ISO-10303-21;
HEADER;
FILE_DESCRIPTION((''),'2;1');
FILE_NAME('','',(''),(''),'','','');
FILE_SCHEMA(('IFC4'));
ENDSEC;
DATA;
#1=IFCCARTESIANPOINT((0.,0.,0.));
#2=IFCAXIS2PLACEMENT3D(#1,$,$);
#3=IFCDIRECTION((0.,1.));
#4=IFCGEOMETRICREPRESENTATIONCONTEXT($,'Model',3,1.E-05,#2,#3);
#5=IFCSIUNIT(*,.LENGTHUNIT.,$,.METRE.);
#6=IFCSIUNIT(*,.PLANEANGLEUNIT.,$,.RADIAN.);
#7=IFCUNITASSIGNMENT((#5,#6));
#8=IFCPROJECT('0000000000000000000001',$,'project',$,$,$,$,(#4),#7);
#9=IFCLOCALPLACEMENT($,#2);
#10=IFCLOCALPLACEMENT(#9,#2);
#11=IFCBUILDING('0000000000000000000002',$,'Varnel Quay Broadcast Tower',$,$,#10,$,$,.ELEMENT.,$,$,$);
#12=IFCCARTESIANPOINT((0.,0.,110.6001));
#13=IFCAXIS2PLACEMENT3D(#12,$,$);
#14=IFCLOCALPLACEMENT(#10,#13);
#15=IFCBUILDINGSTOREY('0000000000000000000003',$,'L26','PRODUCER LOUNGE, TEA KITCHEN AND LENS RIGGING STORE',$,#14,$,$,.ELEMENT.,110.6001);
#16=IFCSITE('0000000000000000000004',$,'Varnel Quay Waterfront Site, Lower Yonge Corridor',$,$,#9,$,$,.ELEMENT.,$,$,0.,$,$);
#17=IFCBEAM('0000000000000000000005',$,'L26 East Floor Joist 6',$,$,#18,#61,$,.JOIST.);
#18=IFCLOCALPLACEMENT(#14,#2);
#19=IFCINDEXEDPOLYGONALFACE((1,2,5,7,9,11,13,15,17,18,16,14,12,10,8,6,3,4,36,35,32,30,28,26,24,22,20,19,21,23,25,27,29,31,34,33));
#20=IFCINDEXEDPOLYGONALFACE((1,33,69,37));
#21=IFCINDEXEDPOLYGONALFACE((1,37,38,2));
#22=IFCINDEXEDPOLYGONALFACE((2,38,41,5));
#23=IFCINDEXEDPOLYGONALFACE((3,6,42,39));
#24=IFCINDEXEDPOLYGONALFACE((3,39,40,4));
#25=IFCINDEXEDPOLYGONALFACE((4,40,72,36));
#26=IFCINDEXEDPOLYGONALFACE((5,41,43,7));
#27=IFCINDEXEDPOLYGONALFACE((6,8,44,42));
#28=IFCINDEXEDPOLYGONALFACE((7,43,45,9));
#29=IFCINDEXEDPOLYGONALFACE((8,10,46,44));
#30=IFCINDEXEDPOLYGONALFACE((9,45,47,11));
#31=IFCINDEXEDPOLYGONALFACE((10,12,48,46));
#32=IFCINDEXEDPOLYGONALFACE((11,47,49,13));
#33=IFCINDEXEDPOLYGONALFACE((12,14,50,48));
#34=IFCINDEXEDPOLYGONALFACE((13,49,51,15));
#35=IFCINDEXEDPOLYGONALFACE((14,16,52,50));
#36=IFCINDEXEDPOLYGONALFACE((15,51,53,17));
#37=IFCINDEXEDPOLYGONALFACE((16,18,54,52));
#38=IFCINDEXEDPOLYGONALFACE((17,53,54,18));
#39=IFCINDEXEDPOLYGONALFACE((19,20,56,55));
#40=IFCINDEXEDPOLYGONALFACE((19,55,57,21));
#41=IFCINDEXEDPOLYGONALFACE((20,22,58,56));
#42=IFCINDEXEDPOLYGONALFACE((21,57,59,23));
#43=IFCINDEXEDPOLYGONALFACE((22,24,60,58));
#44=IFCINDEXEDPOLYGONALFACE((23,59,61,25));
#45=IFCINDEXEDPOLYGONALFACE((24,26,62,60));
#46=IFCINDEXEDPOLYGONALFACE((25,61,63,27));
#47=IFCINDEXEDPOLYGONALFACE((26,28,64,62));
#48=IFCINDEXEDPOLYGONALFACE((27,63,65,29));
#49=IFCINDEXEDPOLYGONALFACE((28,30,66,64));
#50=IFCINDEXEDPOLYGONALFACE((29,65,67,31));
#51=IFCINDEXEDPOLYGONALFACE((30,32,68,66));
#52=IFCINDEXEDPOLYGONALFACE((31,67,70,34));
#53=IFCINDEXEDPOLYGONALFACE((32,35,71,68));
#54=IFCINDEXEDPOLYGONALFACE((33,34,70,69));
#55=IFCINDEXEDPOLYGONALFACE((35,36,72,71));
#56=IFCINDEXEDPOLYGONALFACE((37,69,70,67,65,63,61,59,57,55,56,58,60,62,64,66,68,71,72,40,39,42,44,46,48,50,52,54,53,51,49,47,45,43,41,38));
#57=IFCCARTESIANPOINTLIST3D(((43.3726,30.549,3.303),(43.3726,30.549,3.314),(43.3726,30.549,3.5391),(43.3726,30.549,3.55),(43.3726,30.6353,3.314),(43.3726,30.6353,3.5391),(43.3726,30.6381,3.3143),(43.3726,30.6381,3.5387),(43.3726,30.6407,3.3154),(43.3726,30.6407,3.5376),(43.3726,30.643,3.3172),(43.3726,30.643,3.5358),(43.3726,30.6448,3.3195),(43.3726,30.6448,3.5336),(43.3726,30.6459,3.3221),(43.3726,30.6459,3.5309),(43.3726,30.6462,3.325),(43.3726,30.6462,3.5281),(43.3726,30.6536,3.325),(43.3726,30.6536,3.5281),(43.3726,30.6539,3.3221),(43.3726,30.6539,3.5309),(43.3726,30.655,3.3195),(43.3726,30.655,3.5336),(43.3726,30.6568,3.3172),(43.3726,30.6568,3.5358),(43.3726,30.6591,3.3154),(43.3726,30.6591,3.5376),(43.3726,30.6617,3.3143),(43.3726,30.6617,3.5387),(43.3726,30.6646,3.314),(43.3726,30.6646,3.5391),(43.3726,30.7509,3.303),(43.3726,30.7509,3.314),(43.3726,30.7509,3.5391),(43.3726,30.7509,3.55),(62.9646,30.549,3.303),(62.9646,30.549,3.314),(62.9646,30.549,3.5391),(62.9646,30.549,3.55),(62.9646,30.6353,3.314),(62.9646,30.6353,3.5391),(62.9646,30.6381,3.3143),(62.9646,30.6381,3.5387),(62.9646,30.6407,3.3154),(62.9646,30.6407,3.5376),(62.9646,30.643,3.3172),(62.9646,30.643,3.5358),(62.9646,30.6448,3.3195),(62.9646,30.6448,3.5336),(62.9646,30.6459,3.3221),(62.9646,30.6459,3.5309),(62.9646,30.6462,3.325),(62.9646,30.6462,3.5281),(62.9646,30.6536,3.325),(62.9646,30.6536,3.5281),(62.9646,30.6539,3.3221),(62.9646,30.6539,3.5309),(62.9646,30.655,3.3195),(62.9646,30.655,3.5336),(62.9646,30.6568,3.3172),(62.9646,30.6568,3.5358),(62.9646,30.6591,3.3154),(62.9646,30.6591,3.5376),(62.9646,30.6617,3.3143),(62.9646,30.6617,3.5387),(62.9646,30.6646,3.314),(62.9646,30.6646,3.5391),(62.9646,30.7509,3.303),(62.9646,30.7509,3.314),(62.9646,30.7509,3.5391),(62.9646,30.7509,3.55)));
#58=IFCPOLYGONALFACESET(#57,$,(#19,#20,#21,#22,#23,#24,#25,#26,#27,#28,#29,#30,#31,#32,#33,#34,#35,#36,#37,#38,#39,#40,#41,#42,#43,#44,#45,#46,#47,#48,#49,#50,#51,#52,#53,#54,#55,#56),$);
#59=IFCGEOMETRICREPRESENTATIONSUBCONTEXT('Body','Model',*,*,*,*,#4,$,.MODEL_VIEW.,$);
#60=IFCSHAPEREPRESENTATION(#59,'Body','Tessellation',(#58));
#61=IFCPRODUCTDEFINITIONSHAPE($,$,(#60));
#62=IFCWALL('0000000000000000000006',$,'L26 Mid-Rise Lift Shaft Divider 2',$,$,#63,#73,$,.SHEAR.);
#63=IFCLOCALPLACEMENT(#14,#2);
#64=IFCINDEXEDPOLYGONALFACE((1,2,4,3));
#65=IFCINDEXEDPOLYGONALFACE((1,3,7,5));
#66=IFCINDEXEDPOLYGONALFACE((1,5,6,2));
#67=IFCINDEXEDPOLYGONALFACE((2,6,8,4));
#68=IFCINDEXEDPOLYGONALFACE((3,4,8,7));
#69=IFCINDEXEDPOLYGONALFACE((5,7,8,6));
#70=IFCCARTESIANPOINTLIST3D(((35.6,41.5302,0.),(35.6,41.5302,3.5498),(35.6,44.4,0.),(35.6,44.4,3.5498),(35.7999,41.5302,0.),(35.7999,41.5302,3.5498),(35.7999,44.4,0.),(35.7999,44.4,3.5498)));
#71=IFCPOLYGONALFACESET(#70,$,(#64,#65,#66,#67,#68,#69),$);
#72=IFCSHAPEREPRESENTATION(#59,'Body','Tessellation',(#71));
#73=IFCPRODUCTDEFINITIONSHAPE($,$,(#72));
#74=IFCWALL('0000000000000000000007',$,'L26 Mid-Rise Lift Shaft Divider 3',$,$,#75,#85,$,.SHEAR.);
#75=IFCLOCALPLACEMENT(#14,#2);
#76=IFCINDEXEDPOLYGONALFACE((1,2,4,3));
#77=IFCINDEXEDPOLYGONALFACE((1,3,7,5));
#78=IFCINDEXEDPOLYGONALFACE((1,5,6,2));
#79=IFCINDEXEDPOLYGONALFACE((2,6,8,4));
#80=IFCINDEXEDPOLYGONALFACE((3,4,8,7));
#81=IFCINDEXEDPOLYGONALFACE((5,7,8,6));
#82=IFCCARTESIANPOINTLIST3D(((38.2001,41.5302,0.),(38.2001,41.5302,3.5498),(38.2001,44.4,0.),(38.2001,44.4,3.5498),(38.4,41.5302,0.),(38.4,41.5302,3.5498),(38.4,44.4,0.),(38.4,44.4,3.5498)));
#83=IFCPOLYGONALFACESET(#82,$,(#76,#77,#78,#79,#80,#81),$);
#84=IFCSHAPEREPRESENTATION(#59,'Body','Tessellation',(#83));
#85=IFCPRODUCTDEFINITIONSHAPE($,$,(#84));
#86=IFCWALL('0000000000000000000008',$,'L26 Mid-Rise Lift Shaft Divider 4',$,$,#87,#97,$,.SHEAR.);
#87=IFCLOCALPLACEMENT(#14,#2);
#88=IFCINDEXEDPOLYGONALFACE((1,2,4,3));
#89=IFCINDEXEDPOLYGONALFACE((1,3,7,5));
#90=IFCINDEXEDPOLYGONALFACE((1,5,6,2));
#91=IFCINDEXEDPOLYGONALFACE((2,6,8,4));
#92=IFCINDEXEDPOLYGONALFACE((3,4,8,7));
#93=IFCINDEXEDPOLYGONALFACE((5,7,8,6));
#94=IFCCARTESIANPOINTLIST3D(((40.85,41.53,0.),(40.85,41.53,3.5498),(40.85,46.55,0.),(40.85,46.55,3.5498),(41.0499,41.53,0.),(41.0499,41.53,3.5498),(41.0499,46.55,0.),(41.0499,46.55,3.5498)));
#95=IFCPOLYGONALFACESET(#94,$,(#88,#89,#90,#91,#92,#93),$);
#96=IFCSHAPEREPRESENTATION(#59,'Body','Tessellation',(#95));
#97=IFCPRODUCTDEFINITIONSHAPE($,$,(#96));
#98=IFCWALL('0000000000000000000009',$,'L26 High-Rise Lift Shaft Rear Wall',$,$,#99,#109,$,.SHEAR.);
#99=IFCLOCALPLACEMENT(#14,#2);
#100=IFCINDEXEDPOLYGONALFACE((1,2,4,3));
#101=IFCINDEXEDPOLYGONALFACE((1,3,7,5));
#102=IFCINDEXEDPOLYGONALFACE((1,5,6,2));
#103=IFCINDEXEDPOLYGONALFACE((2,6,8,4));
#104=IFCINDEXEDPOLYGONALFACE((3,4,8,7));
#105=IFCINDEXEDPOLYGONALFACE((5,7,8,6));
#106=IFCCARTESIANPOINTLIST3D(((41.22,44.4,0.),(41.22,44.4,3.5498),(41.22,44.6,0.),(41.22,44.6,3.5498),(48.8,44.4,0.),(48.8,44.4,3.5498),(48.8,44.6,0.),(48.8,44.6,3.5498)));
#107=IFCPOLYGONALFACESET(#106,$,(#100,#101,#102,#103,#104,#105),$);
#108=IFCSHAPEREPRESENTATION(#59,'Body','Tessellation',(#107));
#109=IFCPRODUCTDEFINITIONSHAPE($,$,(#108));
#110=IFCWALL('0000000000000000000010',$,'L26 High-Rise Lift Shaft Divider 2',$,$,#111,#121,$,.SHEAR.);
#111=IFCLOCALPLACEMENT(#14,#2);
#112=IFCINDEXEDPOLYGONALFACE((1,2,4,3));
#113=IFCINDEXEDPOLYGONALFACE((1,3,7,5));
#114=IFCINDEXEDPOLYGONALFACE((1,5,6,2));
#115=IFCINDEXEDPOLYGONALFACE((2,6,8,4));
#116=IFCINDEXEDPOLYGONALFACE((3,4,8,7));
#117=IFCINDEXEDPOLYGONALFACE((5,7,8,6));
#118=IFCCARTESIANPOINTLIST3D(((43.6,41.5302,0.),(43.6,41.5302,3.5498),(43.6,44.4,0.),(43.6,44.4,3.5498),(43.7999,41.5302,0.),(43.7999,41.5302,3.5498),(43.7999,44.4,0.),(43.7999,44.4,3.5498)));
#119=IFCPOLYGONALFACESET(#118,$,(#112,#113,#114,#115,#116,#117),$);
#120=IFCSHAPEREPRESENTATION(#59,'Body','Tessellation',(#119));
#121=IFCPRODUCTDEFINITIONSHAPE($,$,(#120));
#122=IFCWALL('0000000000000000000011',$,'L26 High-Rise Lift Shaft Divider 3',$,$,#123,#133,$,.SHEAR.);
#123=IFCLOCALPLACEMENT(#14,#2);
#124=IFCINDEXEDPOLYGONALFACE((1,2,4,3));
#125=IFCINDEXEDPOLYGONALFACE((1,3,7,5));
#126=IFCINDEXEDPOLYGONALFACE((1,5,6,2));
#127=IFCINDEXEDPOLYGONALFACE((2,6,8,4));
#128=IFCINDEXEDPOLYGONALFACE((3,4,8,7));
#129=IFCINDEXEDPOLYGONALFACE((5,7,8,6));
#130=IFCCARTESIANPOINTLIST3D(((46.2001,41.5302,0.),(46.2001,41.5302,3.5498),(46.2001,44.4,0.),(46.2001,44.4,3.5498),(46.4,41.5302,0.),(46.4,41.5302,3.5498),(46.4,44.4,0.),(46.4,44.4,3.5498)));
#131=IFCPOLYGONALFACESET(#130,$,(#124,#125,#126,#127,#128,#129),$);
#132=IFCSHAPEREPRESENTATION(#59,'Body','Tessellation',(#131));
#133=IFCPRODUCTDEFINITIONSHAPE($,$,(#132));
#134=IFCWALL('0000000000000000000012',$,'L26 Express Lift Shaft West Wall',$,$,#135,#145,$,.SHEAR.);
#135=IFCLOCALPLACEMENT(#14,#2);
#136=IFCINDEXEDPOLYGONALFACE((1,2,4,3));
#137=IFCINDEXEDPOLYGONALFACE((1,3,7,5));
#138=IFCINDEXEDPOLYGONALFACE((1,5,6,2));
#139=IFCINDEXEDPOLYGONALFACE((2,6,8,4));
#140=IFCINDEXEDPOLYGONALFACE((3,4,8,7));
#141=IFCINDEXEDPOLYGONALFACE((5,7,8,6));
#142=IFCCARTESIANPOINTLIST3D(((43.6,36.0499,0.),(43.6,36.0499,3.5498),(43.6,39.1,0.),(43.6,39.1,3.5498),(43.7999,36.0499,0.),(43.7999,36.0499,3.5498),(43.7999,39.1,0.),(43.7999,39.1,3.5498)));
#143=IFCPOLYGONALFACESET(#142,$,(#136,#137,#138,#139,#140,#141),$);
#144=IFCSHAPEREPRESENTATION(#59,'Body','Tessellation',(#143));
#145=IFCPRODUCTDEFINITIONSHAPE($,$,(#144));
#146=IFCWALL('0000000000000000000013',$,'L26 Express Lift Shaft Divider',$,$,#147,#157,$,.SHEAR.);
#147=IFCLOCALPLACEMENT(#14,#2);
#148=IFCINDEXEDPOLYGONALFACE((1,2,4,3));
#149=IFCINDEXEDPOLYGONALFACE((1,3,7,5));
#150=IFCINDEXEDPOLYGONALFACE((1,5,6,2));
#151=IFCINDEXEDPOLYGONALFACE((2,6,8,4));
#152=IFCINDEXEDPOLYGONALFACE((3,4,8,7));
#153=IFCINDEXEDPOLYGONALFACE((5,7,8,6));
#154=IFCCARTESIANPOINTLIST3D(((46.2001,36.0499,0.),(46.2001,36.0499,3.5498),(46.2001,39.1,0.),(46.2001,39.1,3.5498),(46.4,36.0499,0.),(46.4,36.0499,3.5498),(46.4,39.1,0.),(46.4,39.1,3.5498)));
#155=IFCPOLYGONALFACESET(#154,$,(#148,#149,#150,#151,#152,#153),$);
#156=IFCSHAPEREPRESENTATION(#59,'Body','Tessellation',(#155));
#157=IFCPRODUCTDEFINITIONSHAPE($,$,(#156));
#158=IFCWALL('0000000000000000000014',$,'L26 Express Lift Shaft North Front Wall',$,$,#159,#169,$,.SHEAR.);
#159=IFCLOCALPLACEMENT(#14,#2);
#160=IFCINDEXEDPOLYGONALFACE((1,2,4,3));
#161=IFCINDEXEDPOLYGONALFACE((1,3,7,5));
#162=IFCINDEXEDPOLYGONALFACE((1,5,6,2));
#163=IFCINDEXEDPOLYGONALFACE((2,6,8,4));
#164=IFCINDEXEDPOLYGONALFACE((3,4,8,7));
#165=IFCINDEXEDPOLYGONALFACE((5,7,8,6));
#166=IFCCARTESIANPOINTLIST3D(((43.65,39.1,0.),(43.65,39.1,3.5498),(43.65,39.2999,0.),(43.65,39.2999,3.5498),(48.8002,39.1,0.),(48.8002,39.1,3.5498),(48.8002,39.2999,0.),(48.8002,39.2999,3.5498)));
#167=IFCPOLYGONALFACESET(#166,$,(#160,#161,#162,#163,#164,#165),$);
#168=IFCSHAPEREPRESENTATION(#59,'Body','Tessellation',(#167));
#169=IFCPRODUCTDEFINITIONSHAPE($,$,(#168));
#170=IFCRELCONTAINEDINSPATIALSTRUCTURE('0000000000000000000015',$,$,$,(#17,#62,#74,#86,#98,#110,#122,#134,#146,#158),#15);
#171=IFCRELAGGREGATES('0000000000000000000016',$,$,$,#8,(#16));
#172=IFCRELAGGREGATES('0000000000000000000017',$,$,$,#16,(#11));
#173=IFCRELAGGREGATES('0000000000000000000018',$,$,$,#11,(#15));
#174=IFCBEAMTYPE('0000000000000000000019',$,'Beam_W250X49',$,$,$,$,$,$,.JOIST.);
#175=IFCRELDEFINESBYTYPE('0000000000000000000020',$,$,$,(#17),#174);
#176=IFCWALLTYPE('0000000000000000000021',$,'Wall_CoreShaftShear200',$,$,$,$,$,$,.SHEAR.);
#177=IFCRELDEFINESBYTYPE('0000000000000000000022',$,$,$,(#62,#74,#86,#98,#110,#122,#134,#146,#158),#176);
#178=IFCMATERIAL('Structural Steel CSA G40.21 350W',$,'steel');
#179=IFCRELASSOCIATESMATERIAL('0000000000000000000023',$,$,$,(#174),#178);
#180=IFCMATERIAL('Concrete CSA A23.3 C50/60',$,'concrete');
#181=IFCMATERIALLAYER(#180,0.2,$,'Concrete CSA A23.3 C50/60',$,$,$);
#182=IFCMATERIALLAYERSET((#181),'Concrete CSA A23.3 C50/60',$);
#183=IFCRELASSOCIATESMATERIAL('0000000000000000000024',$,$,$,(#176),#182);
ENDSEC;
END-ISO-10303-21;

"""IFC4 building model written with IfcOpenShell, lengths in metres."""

from ifc_helpers import new_model, si_unit, direction, frame, frame_2d, origin, origin_2d, place, context, subcontext, project, spatial, rectangle, i_section, extrude, source, transform, mapped, material, layer, layer_set, material_profile, profile_set, type_object, type_shapes, element, save


model = new_model("IFC4")

# Units and contexts
model_context = context("Model", 3, precision=1e-05, world=origin(), true_north=direction((0.0, 1.0)))
body_context = subcontext(model_context, "Body", "Model", "MODEL_VIEW")
ifc_project = project(units=[si_unit("LENGTHUNIT", "METRE"), si_unit("PLANEANGLEUNIT", "RADIAN")], contexts=[model_context])

# Site, building, storey
site_placement = place(None, origin())
site = spatial("IfcSite", under=ifc_project, at=site_placement, Name="Varnel Quay Waterfront Site, Lower Yonge Corridor", CompositionType="ELEMENT", RefElevation=0.0)
building_placement = place(site_placement, origin())
building = spatial("IfcBuilding", under=site, at=building_placement, Name="Varnel Quay Broadcast Tower", CompositionType="ELEMENT")
storey_placement = place(building_placement, frame((0.0, 0.0, 110.6001)))
storey = spatial("IfcBuildingStorey", under=building, at=storey_placement, Name="L26", Description="PRODUCER LOUNGE, TEA KITCHEN AND LENS RIGGING STORE", CompositionType="ELEMENT", Elevation=110.6001)

# Beam
ifc_material_1 = material(Name="Structural Steel CSA G40.21 350W", Category="steel")
ifc_material_profile_1 = material_profile(ifc_material_1, i_section(OverallWidth=0.2019, OverallDepth=0.2471, WebThickness=0.0073, FlangeThickness=0.011, FilletRadius=0.011, at=origin_2d()), Name="W250X49")
ifc_profile_set_1 = profile_set([ifc_material_profile_1], Name="Structural Steel CSA G40.21 350W")
beam_type_1 = type_object("IfcBeamType", Name="Beam_W250X49", PredefinedType="JOIST", material=ifc_profile_set_1)
shared_shape_1 = source(origin(), body_context, "Body", "SweptSolid", [
    extrude(i_section(OverallWidth=0.2019, OverallDepth=0.2471, WebThickness=0.0073, FlangeThickness=0.011, FilletRadius=0.011, at=origin_2d()), origin(), (0.0, 0.0, 1.0), 19.592),
])
type_shapes(beam_type_1, [shared_shape_1])
beam_1_placement = place(storey_placement, frame((43.3726, 30.6499, 3.4265), z_axis=(1.0, 0.0, 0.0), x_axis=(0.0, 1.0, 0.0)))
element("IfcBeam", 1, at=beam_1_placement, inside=storey, type_object=beam_type_1, Name="L26 East Floor Joist 6", PredefinedType="JOIST", context=body_context, shape_type="MappedRepresentation", body=[
    mapped(shared_shape_1, transform((0.0, 0.0, 0.0), x_axis=(1.0, 0.0, 0.0), y_axis=(0.0, 1.0, 0.0), z_axis=(0.0, 0.0, 1.0), scale=1.0)),
])

# Walls
ifc_material_2 = material(Name="Concrete CSA A23.3 C50/60", Category="concrete")
ifc_layer_1 = layer(ifc_material_2, 0.2, Name="Concrete CSA A23.3 C50/60")
ifc_layer_set_1 = layer_set([ifc_layer_1], Name="Concrete CSA A23.3 C50/60")
wall_type_1 = type_object("IfcWallType", Name="Wall_CoreShaftShear200", PredefinedType="SHEAR", material=ifc_layer_set_1)
for number, where, z_axis, x_axis, name in (
    (2, (35.7, 41.53, 0.0), (0.0, 0.0, 1.0), (0.0, 1.0, 0.0), "L26 Mid-Rise Lift Shaft Divider 2"),
    (3, (38.3, 41.53, 0.0), (0.0, 0.0, 1.0), (0.0, 1.0, 0.0), "L26 Mid-Rise Lift Shaft Divider 3"),
):
    element("IfcWall", number, at=place(storey_placement, frame(where, z_axis=z_axis, x_axis=x_axis)), inside=storey, type_object=wall_type_1, Name=name, PredefinedType="SHEAR", context=body_context, shape_type="SweptSolid", body=[
        extrude(rectangle(XDim=2.8699, YDim=0.2, at=frame_2d((1.4351, 0.0))), origin(), (0.0, 0.0, 1.0), 3.5498),
    ])
wall_1_placement = place(storey_placement, frame((40.95, 41.53, 0.0), z_axis=(0.0, 0.0, 1.0), x_axis=(0.0, 1.0, 0.0)))
element("IfcWall", 4, at=wall_1_placement, inside=storey, type_object=wall_type_1, Name="L26 Mid-Rise Lift Shaft Divider 4", PredefinedType="SHEAR", context=body_context, shape_type="SweptSolid", body=[
    extrude(rectangle(XDim=5.02, YDim=0.2, at=frame_2d((2.51, 0.0))), origin(), (0.0, 0.0, 1.0), 3.5498),
])
wall_2_placement = place(storey_placement, frame((41.22, 44.5, 0.0), z_axis=(0.0, 0.0, 1.0), x_axis=(1.0, 0.0, 0.0)))
element("IfcWall", 5, at=wall_2_placement, inside=storey, type_object=wall_type_1, Name="L26 High-Rise Lift Shaft Rear Wall", PredefinedType="SHEAR", context=body_context, shape_type="SweptSolid", body=[
    extrude(rectangle(XDim=7.5801, YDim=0.2, at=frame_2d((3.79, 0.0))), origin(), (0.0, 0.0, 1.0), 3.5498),
])
for number, where, z_axis, x_axis, name in (
    (6, (43.7, 41.53, 0.0), (0.0, 0.0, 1.0), (0.0, 1.0, 0.0), "L26 High-Rise Lift Shaft Divider 2"),
    (7, (46.3, 41.53, 0.0), (0.0, 0.0, 1.0), (0.0, 1.0, 0.0), "L26 High-Rise Lift Shaft Divider 3"),
):
    element("IfcWall", number, at=place(storey_placement, frame(where, z_axis=z_axis, x_axis=x_axis)), inside=storey, type_object=wall_type_1, Name=name, PredefinedType="SHEAR", context=body_context, shape_type="SweptSolid", body=[
        extrude(rectangle(XDim=2.8699, YDim=0.2, at=frame_2d((1.4351, 0.0))), origin(), (0.0, 0.0, 1.0), 3.5498),
    ])
for number, where, z_axis, x_axis, name in (
    (8, (43.7, 36.05, 0.0), (0.0, 0.0, 1.0), (0.0, 1.0, 0.0), "L26 Express Lift Shaft West Wall"),
    (9, (46.3, 36.05, 0.0), (0.0, 0.0, 1.0), (0.0, 1.0, 0.0), "L26 Express Lift Shaft Divider"),
):
    element("IfcWall", number, at=place(storey_placement, frame(where, z_axis=z_axis, x_axis=x_axis)), inside=storey, type_object=wall_type_1, Name=name, PredefinedType="SHEAR", context=body_context, shape_type="SweptSolid", body=[
        extrude(rectangle(XDim=3.05, YDim=0.2, at=frame_2d((1.5249, 0.0))), origin(), (0.0, 0.0, 1.0), 3.5498),
    ])
wall_3_placement = place(storey_placement, frame((43.6499, 39.2, 0.0), z_axis=(0.0, 0.0, 1.0), x_axis=(1.0, 0.0, 0.0)))
element("IfcWall", 10, at=wall_3_placement, inside=storey, type_object=wall_type_1, Name="L26 Express Lift Shaft North Front Wall", PredefinedType="SHEAR", context=body_context, shape_type="SweptSolid", body=[
    extrude(rectangle(XDim=5.1501, YDim=0.2, at=frame_2d((2.5752, 0.0))), origin(), (0.0, 0.0, 1.0), 3.5498),
])

save(model, "model.ifc")
